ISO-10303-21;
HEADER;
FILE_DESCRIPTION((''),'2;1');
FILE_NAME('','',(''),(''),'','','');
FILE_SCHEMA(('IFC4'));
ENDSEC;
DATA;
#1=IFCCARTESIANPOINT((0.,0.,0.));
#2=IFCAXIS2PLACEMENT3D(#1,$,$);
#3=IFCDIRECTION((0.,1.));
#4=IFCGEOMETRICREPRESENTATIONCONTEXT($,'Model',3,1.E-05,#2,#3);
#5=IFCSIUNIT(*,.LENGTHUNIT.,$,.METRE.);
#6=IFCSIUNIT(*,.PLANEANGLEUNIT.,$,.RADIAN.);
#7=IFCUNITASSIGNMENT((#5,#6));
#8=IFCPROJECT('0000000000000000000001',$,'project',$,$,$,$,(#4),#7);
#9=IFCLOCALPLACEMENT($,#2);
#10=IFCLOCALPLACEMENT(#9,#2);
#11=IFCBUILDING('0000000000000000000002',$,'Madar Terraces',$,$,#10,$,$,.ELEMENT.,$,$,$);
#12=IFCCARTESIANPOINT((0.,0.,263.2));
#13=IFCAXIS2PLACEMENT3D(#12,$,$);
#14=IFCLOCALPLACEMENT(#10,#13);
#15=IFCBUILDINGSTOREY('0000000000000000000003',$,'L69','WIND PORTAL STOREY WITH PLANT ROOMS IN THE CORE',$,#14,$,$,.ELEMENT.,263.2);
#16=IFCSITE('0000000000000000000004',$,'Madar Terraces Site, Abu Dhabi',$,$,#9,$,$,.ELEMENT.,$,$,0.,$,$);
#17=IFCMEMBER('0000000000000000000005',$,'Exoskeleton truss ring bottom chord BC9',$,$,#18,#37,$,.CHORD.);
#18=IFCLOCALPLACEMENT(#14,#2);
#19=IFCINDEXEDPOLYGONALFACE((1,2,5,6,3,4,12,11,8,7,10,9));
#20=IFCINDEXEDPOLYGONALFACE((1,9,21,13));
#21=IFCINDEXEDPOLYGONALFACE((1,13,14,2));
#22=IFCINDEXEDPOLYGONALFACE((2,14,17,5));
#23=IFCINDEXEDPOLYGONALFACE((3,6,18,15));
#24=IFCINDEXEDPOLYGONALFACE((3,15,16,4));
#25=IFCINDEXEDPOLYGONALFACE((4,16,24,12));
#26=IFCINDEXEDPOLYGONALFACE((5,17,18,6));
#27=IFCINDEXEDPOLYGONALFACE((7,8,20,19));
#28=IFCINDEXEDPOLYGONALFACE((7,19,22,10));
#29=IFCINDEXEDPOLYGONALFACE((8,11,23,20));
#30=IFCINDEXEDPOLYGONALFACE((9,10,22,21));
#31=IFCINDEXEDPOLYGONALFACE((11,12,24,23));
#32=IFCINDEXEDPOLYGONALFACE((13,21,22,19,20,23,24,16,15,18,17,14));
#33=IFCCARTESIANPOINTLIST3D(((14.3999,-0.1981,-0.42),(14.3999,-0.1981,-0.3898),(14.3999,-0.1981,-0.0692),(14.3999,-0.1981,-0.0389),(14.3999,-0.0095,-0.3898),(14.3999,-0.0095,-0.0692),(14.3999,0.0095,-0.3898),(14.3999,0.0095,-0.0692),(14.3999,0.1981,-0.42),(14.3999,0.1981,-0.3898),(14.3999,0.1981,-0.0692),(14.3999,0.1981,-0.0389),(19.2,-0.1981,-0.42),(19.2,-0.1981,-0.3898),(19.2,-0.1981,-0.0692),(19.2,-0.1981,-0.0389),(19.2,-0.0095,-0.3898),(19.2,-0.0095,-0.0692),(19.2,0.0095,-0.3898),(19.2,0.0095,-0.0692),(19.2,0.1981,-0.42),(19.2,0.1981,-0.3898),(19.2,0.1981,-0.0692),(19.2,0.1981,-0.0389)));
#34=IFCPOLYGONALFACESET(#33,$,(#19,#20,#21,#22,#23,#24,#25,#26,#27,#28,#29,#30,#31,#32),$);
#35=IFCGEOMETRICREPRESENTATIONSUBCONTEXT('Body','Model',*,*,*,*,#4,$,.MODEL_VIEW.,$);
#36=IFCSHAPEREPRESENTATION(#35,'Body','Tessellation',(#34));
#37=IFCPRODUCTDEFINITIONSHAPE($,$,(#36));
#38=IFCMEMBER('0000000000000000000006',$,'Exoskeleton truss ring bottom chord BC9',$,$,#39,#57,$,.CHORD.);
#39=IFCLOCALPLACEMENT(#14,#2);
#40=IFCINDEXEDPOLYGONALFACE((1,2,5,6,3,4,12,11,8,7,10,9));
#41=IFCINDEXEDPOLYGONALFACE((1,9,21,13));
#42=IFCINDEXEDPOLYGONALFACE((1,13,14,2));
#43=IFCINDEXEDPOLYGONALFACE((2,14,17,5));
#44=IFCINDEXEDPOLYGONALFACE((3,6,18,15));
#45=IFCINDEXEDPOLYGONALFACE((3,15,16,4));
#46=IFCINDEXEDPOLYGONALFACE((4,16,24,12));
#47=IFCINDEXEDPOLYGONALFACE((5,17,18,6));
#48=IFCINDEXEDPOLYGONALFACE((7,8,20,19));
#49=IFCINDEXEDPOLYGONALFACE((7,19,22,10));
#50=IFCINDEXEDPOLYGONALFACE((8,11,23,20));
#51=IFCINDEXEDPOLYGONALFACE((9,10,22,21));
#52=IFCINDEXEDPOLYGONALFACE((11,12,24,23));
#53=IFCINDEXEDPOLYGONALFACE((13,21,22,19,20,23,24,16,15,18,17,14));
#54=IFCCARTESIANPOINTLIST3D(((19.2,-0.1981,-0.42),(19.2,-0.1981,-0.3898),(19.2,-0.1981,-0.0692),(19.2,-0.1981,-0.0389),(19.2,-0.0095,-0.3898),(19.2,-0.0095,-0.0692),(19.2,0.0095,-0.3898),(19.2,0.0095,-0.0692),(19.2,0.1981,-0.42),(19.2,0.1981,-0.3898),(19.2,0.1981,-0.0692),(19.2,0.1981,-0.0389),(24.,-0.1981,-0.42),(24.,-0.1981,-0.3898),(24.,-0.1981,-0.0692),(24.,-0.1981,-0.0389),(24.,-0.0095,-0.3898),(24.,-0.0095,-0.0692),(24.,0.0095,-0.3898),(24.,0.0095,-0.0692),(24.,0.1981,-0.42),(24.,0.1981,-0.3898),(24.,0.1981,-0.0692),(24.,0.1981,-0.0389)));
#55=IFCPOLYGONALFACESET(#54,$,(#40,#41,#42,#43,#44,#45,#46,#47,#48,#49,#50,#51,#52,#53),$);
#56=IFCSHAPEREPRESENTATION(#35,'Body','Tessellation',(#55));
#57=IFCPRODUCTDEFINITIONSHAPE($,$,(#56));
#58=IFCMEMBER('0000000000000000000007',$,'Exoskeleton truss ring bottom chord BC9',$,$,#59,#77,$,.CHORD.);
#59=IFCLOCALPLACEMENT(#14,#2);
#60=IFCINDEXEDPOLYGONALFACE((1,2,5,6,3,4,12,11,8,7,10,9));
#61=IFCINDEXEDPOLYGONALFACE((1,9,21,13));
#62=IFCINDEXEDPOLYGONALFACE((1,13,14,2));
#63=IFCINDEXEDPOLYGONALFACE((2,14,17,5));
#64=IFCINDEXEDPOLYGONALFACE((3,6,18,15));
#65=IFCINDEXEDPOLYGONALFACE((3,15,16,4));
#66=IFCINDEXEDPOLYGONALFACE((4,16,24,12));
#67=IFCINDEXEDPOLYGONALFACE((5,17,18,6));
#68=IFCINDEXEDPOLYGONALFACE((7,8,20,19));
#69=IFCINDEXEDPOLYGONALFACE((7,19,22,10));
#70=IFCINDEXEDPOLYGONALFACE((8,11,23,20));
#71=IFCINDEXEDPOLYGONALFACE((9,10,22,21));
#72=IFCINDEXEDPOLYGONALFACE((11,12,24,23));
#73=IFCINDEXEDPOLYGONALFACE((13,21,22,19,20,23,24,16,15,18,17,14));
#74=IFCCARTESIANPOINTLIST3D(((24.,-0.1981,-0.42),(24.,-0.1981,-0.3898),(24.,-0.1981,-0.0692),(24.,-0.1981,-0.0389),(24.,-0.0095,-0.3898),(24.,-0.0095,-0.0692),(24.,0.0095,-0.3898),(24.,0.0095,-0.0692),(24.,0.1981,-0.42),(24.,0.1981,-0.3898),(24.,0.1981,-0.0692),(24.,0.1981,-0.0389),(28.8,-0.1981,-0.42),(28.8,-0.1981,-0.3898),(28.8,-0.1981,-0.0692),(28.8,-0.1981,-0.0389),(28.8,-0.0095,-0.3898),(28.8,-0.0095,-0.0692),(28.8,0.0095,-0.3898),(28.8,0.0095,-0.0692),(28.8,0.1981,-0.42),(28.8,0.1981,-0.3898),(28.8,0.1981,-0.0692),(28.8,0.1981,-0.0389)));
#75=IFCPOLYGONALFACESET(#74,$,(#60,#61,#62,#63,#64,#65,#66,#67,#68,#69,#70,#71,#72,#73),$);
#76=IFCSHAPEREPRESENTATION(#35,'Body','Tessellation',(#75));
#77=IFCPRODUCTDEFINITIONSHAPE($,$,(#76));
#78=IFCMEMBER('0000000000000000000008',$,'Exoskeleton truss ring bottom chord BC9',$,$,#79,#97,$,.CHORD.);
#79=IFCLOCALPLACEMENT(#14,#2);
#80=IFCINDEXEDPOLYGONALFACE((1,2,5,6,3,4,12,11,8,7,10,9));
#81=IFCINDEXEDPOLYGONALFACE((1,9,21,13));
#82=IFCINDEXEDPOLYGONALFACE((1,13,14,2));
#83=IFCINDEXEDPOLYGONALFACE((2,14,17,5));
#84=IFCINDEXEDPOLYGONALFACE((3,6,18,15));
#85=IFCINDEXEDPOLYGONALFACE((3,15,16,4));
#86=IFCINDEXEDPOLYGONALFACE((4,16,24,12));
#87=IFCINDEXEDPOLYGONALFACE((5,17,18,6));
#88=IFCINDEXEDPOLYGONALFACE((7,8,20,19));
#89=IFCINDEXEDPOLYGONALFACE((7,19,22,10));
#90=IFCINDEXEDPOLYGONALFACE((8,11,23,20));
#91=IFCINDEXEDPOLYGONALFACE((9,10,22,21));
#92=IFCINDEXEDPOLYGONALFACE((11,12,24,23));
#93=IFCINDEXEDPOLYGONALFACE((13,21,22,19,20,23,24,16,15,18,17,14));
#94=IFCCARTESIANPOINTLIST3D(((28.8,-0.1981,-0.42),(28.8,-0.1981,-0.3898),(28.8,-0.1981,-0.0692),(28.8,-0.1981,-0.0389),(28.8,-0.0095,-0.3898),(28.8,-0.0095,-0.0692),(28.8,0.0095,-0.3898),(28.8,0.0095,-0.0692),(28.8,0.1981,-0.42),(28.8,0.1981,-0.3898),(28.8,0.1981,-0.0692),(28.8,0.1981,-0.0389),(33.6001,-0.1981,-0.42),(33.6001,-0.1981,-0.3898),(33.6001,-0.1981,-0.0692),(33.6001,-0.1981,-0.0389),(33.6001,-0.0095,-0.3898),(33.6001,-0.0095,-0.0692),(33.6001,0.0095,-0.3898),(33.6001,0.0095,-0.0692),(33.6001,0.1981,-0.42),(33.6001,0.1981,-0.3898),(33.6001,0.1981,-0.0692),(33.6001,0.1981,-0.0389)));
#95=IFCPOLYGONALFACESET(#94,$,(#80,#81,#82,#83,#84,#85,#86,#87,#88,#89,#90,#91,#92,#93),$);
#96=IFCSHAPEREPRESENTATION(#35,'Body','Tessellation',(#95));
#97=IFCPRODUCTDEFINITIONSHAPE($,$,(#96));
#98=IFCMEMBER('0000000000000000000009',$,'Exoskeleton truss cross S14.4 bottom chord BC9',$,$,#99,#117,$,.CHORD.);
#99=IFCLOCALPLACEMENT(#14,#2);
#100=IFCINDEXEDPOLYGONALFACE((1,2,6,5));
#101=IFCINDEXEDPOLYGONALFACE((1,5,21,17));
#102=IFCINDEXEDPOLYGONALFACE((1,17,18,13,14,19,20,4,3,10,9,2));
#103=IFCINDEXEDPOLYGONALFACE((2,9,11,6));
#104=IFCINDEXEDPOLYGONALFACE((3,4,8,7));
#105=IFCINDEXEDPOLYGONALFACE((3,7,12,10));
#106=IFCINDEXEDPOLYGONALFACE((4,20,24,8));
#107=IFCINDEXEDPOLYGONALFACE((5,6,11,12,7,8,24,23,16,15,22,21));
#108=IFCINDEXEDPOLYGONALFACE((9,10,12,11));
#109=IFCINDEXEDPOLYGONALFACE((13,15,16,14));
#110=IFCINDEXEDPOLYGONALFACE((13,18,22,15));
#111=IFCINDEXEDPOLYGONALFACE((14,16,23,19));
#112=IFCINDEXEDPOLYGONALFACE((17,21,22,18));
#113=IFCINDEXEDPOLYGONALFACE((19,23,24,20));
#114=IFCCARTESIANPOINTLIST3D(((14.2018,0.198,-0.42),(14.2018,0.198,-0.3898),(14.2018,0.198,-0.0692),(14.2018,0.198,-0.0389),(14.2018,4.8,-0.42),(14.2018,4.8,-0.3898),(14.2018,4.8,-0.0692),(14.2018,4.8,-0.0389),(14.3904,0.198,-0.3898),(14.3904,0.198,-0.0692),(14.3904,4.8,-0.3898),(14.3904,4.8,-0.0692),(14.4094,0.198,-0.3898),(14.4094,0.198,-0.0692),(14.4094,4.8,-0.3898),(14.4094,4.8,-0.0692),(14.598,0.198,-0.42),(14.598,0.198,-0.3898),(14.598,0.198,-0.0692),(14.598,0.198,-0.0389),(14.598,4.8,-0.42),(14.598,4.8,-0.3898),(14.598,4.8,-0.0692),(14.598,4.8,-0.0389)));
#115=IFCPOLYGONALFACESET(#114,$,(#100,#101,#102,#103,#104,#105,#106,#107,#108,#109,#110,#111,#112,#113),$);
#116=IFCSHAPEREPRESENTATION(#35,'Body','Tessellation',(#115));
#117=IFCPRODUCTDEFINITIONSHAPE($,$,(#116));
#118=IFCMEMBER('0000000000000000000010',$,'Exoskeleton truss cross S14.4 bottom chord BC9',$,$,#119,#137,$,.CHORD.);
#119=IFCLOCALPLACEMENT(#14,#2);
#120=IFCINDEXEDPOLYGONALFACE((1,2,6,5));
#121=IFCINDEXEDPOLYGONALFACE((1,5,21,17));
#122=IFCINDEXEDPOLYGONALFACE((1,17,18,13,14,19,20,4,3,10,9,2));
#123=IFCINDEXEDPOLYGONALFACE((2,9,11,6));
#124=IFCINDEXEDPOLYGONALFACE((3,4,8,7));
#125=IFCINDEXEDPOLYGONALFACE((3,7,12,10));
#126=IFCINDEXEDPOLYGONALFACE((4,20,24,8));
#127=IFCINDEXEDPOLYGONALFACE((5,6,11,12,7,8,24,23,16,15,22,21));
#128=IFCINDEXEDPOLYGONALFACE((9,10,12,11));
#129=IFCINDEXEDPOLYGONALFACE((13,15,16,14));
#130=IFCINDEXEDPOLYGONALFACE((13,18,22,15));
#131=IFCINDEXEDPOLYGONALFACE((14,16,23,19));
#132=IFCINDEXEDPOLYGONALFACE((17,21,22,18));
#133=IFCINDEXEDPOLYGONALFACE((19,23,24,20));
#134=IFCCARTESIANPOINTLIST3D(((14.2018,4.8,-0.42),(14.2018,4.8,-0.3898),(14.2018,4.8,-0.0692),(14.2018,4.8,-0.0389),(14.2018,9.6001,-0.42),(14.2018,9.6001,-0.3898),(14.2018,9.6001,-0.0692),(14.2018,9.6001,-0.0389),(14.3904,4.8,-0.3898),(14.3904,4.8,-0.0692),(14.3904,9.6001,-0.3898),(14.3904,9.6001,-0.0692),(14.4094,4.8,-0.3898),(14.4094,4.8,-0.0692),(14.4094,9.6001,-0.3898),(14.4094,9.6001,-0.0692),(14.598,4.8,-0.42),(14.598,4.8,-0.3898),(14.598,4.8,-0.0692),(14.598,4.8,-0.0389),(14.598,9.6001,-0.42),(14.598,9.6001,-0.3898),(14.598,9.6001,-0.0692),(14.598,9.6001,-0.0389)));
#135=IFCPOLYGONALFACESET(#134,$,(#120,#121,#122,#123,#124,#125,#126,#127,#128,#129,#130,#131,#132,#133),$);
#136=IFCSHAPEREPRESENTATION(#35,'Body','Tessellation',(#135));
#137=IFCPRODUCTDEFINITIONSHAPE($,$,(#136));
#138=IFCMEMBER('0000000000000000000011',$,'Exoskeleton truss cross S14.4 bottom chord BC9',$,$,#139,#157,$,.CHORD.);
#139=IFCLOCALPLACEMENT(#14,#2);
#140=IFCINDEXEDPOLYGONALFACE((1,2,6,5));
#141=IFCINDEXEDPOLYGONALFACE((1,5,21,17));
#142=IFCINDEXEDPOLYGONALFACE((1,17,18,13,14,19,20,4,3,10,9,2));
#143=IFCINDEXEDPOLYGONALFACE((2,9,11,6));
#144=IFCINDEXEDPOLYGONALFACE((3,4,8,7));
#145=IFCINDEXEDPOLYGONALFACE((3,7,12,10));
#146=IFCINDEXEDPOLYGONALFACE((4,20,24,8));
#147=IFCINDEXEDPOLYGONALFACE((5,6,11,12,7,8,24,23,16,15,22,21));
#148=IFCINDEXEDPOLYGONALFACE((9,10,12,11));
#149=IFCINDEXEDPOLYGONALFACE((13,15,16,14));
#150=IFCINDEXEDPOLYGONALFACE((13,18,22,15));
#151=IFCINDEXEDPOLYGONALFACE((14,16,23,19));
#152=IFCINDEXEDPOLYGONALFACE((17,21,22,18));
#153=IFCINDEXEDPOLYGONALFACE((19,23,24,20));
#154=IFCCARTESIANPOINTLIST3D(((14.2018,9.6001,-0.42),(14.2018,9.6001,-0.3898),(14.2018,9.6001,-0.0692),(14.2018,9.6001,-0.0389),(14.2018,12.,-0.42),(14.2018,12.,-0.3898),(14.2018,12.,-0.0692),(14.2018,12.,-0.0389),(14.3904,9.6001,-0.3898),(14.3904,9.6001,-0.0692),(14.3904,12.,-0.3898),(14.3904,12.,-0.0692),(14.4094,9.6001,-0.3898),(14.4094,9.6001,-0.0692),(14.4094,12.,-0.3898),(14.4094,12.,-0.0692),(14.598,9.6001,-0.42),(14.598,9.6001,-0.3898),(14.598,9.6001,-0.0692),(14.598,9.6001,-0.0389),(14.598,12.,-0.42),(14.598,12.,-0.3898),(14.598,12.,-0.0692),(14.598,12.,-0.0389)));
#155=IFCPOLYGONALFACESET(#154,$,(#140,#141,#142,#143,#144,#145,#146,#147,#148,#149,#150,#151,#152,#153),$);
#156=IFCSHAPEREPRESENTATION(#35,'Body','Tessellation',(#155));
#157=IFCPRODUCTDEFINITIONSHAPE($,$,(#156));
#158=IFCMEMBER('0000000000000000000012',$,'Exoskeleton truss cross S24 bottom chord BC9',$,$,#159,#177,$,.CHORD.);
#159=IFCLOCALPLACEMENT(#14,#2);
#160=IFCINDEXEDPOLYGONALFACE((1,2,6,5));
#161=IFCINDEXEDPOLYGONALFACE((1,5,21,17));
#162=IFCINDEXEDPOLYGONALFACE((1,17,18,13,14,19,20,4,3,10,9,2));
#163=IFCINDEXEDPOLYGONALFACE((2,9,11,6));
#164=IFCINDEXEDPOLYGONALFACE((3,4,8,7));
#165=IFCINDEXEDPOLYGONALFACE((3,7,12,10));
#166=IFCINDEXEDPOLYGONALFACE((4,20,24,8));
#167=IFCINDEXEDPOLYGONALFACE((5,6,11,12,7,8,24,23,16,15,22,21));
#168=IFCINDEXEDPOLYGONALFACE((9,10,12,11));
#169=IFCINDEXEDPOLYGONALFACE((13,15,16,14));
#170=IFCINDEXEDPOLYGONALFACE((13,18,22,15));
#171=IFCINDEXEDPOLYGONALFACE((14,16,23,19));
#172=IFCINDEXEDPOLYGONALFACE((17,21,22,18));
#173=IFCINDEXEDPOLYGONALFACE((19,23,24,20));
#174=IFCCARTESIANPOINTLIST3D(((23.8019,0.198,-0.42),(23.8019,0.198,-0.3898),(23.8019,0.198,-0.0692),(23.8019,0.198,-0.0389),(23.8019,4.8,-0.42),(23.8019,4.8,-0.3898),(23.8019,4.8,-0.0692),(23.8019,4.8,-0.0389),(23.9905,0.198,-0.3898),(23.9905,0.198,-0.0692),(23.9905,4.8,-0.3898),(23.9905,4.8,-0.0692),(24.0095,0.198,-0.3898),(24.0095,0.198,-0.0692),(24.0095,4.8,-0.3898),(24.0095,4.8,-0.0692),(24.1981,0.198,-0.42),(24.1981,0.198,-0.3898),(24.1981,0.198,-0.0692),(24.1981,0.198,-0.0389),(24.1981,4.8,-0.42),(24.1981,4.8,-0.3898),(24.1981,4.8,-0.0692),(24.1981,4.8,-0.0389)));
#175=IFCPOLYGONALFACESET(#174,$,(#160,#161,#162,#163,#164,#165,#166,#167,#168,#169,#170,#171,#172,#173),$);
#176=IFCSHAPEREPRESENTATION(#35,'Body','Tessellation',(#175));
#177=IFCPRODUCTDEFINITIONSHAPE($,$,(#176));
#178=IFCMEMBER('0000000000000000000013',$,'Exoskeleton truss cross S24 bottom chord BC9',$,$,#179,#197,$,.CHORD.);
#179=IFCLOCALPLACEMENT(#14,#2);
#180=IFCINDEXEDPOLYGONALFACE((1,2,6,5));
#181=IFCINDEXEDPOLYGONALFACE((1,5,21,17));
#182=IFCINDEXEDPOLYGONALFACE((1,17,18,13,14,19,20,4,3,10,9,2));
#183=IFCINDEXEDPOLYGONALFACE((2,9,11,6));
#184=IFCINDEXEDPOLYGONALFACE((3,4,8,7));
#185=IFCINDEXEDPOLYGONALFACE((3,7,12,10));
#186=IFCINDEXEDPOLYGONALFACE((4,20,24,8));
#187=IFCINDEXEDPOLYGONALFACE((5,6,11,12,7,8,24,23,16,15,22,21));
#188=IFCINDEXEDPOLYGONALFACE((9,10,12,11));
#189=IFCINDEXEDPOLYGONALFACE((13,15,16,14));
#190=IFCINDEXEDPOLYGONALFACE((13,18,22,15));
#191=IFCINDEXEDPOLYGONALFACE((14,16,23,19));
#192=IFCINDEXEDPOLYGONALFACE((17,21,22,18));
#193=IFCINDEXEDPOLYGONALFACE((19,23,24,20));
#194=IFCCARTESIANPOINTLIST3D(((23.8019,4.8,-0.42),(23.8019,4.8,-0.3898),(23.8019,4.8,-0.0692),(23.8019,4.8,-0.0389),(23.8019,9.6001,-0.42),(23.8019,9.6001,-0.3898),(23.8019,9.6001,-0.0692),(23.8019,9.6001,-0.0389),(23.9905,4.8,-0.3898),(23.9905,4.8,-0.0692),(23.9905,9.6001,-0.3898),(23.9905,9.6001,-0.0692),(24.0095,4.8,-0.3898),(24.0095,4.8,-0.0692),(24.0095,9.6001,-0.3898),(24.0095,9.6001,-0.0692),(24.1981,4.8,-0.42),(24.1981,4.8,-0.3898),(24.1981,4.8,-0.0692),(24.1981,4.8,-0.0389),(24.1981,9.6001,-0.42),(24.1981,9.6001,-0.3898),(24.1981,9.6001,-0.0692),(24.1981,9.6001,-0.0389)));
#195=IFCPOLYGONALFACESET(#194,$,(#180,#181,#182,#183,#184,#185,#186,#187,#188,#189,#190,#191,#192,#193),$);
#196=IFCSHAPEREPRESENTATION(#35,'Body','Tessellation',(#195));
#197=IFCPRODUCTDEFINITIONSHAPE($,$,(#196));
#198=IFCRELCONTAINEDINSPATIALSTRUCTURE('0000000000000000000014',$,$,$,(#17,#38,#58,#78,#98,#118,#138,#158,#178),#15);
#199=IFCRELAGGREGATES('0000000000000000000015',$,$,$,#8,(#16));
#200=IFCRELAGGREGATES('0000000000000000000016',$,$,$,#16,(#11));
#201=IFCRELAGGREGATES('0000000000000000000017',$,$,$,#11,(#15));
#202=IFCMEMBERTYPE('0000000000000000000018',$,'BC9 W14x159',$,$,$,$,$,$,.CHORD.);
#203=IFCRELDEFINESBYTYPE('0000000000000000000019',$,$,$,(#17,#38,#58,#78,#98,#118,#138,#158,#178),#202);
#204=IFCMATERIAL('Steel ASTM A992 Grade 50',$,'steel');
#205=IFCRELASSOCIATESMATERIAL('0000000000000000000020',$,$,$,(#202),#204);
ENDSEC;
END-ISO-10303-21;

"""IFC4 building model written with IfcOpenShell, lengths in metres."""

from ifc_helpers import new_model, si_unit, direction, frame, origin, origin_2d, place, context, subcontext, project, spatial, i_section, extrude, material, material_profile, profile_set, type_object, element, save


model = new_model("IFC4")

# Units and contexts
model_context = context("Model", 3, precision=1e-05, world=origin(), true_north=direction((0.0, 1.0)))
body_context = subcontext(model_context, "Body", "Model", "MODEL_VIEW")
ifc_project = project(units=[si_unit("LENGTHUNIT", "METRE"), si_unit("PLANEANGLEUNIT", "RADIAN")], contexts=[model_context])

# Site, building, storey
site_placement = place(None, origin())
site = spatial("IfcSite", under=ifc_project, at=site_placement, Name="Madar Terraces Site, Abu Dhabi", CompositionType="ELEMENT", RefElevation=0.0)
building_placement = place(site_placement, origin())
building = spatial("IfcBuilding", under=site, at=building_placement, Name="Madar Terraces", CompositionType="ELEMENT")
storey_placement = place(building_placement, frame((0.0, 0.0, 263.2)))
storey = spatial("IfcBuildingStorey", under=building, at=storey_placement, Name="L69", Description="WIND PORTAL STOREY WITH PLANT ROOMS IN THE CORE", CompositionType="ELEMENT", Elevation=263.2)

# Members
ifc_material_1 = material(Name="Steel ASTM A992 Grade 50", Category="steel")
ifc_material_profile_1 = material_profile(ifc_material_1, i_section(OverallWidth=0.3962, OverallDepth=0.3811, WebThickness=0.019, FlangeThickness=0.0303, at=origin_2d()), Name="W14x159")
ifc_profile_set_1 = profile_set([ifc_material_profile_1], Name="Steel ASTM A992 Grade 50")
member_type_1 = type_object("IfcMemberType", Name="BC9 W14x159", PredefinedType="CHORD", material=ifc_profile_set_1)
for number, where, z_axis, x_axis, name in (
    (1, (14.3999, 0.0, -0.2295), (1.0, 0.0, 0.0), (0.0, 1.0, 0.0), "Exoskeleton truss ring bottom chord BC9"),
    (2, (19.2, 0.0, -0.2295), (1.0, 0.0, 0.0), (0.0, 1.0, 0.0), "Exoskeleton truss ring bottom chord BC9"),
    (3, (24.0, 0.0, -0.2295), (1.0, 0.0, 0.0), (0.0, 1.0, 0.0), "Exoskeleton truss ring bottom chord BC9"),
    (4, (28.8, 0.0, -0.2295), (1.0, 0.0, 0.0), (0.0, 1.0, 0.0), "Exoskeleton truss ring bottom chord BC9"),
):
    element("IfcMember", number, at=place(storey_placement, frame(where, z_axis=z_axis, x_axis=x_axis)), inside=storey, type_object=member_type_1, Name=name, PredefinedType="CHORD", context=body_context, shape_type="SweptSolid", body=[
        extrude(i_section(OverallWidth=0.3962, OverallDepth=0.3811, WebThickness=0.019, FlangeThickness=0.0303, at=origin_2d()), origin(), (0.0, 0.0, 1.0), 4.8),
    ])
member_1_placement = place(storey_placement, frame((14.3999, 0.198, -0.2295), z_axis=(0.0, 1.0, 0.0), x_axis=(-1.0, 0.0, 0.0)))
element("IfcMember", 5, at=member_1_placement, inside=storey, type_object=member_type_1, Name="Exoskeleton truss cross S14.4 bottom chord BC9", PredefinedType="CHORD", context=body_context, shape_type="SweptSolid", body=[
    extrude(i_section(OverallWidth=0.3962, OverallDepth=0.3811, WebThickness=0.019, FlangeThickness=0.0303, at=origin_2d()), origin(), (0.0, 0.0, 1.0), 4.6021),
])
member_2_placement = place(storey_placement, frame((14.3999, 4.8, -0.2295), z_axis=(0.0, 1.0, 0.0), x_axis=(-1.0, 0.0, 0.0)))
element("IfcMember", 6, at=member_2_placement, inside=storey, type_object=member_type_1, Name="Exoskeleton truss cross S14.4 bottom chord BC9", PredefinedType="CHORD", context=body_context, shape_type="SweptSolid", body=[
    extrude(i_section(OverallWidth=0.3962, OverallDepth=0.3811, WebThickness=0.019, FlangeThickness=0.0303, at=origin_2d()), origin(), (0.0, 0.0, 1.0), 4.8),
])
member_3_placement = place(storey_placement, frame((14.3999, 9.6001, -0.2295), z_axis=(0.0, 1.0, 0.0), x_axis=(-1.0, 0.0, 0.0)))
element("IfcMember", 7, at=member_3_placement, inside=storey, type_object=member_type_1, Name="Exoskeleton truss cross S14.4 bottom chord BC9", PredefinedType="CHORD", context=body_context, shape_type="SweptSolid", body=[
    extrude(i_section(OverallWidth=0.3962, OverallDepth=0.3811, WebThickness=0.019, FlangeThickness=0.0303, at=origin_2d()), origin(), (0.0, 0.0, 1.0), 2.3999),
])
member_4_placement = place(storey_placement, frame((24.0, 0.198, -0.2295), z_axis=(0.0, 1.0, 0.0), x_axis=(-1.0, 0.0, 0.0)))
element("IfcMember", 8, at=member_4_placement, inside=storey, type_object=member_type_1, Name="Exoskeleton truss cross S24 bottom chord BC9", PredefinedType="CHORD", context=body_context, shape_type="SweptSolid", body=[
    extrude(i_section(OverallWidth=0.3962, OverallDepth=0.3811, WebThickness=0.019, FlangeThickness=0.0303, at=origin_2d()), origin(), (0.0, 0.0, 1.0), 4.6021),
])
member_5_placement = place(storey_placement, frame((24.0, 4.8, -0.2295), z_axis=(0.0, 1.0, 0.0), x_axis=(-1.0, 0.0, 0.0)))
element("IfcMember", 9, at=member_5_placement, inside=storey, type_object=member_type_1, Name="Exoskeleton truss cross S24 bottom chord BC9", PredefinedType="CHORD", context=body_context, shape_type="SweptSolid", body=[
    extrude(i_section(OverallWidth=0.3962, OverallDepth=0.3811, WebThickness=0.019, FlangeThickness=0.0303, at=origin_2d()), origin(), (0.0, 0.0, 1.0), 4.8),
])

save(model, "model.ifc")
